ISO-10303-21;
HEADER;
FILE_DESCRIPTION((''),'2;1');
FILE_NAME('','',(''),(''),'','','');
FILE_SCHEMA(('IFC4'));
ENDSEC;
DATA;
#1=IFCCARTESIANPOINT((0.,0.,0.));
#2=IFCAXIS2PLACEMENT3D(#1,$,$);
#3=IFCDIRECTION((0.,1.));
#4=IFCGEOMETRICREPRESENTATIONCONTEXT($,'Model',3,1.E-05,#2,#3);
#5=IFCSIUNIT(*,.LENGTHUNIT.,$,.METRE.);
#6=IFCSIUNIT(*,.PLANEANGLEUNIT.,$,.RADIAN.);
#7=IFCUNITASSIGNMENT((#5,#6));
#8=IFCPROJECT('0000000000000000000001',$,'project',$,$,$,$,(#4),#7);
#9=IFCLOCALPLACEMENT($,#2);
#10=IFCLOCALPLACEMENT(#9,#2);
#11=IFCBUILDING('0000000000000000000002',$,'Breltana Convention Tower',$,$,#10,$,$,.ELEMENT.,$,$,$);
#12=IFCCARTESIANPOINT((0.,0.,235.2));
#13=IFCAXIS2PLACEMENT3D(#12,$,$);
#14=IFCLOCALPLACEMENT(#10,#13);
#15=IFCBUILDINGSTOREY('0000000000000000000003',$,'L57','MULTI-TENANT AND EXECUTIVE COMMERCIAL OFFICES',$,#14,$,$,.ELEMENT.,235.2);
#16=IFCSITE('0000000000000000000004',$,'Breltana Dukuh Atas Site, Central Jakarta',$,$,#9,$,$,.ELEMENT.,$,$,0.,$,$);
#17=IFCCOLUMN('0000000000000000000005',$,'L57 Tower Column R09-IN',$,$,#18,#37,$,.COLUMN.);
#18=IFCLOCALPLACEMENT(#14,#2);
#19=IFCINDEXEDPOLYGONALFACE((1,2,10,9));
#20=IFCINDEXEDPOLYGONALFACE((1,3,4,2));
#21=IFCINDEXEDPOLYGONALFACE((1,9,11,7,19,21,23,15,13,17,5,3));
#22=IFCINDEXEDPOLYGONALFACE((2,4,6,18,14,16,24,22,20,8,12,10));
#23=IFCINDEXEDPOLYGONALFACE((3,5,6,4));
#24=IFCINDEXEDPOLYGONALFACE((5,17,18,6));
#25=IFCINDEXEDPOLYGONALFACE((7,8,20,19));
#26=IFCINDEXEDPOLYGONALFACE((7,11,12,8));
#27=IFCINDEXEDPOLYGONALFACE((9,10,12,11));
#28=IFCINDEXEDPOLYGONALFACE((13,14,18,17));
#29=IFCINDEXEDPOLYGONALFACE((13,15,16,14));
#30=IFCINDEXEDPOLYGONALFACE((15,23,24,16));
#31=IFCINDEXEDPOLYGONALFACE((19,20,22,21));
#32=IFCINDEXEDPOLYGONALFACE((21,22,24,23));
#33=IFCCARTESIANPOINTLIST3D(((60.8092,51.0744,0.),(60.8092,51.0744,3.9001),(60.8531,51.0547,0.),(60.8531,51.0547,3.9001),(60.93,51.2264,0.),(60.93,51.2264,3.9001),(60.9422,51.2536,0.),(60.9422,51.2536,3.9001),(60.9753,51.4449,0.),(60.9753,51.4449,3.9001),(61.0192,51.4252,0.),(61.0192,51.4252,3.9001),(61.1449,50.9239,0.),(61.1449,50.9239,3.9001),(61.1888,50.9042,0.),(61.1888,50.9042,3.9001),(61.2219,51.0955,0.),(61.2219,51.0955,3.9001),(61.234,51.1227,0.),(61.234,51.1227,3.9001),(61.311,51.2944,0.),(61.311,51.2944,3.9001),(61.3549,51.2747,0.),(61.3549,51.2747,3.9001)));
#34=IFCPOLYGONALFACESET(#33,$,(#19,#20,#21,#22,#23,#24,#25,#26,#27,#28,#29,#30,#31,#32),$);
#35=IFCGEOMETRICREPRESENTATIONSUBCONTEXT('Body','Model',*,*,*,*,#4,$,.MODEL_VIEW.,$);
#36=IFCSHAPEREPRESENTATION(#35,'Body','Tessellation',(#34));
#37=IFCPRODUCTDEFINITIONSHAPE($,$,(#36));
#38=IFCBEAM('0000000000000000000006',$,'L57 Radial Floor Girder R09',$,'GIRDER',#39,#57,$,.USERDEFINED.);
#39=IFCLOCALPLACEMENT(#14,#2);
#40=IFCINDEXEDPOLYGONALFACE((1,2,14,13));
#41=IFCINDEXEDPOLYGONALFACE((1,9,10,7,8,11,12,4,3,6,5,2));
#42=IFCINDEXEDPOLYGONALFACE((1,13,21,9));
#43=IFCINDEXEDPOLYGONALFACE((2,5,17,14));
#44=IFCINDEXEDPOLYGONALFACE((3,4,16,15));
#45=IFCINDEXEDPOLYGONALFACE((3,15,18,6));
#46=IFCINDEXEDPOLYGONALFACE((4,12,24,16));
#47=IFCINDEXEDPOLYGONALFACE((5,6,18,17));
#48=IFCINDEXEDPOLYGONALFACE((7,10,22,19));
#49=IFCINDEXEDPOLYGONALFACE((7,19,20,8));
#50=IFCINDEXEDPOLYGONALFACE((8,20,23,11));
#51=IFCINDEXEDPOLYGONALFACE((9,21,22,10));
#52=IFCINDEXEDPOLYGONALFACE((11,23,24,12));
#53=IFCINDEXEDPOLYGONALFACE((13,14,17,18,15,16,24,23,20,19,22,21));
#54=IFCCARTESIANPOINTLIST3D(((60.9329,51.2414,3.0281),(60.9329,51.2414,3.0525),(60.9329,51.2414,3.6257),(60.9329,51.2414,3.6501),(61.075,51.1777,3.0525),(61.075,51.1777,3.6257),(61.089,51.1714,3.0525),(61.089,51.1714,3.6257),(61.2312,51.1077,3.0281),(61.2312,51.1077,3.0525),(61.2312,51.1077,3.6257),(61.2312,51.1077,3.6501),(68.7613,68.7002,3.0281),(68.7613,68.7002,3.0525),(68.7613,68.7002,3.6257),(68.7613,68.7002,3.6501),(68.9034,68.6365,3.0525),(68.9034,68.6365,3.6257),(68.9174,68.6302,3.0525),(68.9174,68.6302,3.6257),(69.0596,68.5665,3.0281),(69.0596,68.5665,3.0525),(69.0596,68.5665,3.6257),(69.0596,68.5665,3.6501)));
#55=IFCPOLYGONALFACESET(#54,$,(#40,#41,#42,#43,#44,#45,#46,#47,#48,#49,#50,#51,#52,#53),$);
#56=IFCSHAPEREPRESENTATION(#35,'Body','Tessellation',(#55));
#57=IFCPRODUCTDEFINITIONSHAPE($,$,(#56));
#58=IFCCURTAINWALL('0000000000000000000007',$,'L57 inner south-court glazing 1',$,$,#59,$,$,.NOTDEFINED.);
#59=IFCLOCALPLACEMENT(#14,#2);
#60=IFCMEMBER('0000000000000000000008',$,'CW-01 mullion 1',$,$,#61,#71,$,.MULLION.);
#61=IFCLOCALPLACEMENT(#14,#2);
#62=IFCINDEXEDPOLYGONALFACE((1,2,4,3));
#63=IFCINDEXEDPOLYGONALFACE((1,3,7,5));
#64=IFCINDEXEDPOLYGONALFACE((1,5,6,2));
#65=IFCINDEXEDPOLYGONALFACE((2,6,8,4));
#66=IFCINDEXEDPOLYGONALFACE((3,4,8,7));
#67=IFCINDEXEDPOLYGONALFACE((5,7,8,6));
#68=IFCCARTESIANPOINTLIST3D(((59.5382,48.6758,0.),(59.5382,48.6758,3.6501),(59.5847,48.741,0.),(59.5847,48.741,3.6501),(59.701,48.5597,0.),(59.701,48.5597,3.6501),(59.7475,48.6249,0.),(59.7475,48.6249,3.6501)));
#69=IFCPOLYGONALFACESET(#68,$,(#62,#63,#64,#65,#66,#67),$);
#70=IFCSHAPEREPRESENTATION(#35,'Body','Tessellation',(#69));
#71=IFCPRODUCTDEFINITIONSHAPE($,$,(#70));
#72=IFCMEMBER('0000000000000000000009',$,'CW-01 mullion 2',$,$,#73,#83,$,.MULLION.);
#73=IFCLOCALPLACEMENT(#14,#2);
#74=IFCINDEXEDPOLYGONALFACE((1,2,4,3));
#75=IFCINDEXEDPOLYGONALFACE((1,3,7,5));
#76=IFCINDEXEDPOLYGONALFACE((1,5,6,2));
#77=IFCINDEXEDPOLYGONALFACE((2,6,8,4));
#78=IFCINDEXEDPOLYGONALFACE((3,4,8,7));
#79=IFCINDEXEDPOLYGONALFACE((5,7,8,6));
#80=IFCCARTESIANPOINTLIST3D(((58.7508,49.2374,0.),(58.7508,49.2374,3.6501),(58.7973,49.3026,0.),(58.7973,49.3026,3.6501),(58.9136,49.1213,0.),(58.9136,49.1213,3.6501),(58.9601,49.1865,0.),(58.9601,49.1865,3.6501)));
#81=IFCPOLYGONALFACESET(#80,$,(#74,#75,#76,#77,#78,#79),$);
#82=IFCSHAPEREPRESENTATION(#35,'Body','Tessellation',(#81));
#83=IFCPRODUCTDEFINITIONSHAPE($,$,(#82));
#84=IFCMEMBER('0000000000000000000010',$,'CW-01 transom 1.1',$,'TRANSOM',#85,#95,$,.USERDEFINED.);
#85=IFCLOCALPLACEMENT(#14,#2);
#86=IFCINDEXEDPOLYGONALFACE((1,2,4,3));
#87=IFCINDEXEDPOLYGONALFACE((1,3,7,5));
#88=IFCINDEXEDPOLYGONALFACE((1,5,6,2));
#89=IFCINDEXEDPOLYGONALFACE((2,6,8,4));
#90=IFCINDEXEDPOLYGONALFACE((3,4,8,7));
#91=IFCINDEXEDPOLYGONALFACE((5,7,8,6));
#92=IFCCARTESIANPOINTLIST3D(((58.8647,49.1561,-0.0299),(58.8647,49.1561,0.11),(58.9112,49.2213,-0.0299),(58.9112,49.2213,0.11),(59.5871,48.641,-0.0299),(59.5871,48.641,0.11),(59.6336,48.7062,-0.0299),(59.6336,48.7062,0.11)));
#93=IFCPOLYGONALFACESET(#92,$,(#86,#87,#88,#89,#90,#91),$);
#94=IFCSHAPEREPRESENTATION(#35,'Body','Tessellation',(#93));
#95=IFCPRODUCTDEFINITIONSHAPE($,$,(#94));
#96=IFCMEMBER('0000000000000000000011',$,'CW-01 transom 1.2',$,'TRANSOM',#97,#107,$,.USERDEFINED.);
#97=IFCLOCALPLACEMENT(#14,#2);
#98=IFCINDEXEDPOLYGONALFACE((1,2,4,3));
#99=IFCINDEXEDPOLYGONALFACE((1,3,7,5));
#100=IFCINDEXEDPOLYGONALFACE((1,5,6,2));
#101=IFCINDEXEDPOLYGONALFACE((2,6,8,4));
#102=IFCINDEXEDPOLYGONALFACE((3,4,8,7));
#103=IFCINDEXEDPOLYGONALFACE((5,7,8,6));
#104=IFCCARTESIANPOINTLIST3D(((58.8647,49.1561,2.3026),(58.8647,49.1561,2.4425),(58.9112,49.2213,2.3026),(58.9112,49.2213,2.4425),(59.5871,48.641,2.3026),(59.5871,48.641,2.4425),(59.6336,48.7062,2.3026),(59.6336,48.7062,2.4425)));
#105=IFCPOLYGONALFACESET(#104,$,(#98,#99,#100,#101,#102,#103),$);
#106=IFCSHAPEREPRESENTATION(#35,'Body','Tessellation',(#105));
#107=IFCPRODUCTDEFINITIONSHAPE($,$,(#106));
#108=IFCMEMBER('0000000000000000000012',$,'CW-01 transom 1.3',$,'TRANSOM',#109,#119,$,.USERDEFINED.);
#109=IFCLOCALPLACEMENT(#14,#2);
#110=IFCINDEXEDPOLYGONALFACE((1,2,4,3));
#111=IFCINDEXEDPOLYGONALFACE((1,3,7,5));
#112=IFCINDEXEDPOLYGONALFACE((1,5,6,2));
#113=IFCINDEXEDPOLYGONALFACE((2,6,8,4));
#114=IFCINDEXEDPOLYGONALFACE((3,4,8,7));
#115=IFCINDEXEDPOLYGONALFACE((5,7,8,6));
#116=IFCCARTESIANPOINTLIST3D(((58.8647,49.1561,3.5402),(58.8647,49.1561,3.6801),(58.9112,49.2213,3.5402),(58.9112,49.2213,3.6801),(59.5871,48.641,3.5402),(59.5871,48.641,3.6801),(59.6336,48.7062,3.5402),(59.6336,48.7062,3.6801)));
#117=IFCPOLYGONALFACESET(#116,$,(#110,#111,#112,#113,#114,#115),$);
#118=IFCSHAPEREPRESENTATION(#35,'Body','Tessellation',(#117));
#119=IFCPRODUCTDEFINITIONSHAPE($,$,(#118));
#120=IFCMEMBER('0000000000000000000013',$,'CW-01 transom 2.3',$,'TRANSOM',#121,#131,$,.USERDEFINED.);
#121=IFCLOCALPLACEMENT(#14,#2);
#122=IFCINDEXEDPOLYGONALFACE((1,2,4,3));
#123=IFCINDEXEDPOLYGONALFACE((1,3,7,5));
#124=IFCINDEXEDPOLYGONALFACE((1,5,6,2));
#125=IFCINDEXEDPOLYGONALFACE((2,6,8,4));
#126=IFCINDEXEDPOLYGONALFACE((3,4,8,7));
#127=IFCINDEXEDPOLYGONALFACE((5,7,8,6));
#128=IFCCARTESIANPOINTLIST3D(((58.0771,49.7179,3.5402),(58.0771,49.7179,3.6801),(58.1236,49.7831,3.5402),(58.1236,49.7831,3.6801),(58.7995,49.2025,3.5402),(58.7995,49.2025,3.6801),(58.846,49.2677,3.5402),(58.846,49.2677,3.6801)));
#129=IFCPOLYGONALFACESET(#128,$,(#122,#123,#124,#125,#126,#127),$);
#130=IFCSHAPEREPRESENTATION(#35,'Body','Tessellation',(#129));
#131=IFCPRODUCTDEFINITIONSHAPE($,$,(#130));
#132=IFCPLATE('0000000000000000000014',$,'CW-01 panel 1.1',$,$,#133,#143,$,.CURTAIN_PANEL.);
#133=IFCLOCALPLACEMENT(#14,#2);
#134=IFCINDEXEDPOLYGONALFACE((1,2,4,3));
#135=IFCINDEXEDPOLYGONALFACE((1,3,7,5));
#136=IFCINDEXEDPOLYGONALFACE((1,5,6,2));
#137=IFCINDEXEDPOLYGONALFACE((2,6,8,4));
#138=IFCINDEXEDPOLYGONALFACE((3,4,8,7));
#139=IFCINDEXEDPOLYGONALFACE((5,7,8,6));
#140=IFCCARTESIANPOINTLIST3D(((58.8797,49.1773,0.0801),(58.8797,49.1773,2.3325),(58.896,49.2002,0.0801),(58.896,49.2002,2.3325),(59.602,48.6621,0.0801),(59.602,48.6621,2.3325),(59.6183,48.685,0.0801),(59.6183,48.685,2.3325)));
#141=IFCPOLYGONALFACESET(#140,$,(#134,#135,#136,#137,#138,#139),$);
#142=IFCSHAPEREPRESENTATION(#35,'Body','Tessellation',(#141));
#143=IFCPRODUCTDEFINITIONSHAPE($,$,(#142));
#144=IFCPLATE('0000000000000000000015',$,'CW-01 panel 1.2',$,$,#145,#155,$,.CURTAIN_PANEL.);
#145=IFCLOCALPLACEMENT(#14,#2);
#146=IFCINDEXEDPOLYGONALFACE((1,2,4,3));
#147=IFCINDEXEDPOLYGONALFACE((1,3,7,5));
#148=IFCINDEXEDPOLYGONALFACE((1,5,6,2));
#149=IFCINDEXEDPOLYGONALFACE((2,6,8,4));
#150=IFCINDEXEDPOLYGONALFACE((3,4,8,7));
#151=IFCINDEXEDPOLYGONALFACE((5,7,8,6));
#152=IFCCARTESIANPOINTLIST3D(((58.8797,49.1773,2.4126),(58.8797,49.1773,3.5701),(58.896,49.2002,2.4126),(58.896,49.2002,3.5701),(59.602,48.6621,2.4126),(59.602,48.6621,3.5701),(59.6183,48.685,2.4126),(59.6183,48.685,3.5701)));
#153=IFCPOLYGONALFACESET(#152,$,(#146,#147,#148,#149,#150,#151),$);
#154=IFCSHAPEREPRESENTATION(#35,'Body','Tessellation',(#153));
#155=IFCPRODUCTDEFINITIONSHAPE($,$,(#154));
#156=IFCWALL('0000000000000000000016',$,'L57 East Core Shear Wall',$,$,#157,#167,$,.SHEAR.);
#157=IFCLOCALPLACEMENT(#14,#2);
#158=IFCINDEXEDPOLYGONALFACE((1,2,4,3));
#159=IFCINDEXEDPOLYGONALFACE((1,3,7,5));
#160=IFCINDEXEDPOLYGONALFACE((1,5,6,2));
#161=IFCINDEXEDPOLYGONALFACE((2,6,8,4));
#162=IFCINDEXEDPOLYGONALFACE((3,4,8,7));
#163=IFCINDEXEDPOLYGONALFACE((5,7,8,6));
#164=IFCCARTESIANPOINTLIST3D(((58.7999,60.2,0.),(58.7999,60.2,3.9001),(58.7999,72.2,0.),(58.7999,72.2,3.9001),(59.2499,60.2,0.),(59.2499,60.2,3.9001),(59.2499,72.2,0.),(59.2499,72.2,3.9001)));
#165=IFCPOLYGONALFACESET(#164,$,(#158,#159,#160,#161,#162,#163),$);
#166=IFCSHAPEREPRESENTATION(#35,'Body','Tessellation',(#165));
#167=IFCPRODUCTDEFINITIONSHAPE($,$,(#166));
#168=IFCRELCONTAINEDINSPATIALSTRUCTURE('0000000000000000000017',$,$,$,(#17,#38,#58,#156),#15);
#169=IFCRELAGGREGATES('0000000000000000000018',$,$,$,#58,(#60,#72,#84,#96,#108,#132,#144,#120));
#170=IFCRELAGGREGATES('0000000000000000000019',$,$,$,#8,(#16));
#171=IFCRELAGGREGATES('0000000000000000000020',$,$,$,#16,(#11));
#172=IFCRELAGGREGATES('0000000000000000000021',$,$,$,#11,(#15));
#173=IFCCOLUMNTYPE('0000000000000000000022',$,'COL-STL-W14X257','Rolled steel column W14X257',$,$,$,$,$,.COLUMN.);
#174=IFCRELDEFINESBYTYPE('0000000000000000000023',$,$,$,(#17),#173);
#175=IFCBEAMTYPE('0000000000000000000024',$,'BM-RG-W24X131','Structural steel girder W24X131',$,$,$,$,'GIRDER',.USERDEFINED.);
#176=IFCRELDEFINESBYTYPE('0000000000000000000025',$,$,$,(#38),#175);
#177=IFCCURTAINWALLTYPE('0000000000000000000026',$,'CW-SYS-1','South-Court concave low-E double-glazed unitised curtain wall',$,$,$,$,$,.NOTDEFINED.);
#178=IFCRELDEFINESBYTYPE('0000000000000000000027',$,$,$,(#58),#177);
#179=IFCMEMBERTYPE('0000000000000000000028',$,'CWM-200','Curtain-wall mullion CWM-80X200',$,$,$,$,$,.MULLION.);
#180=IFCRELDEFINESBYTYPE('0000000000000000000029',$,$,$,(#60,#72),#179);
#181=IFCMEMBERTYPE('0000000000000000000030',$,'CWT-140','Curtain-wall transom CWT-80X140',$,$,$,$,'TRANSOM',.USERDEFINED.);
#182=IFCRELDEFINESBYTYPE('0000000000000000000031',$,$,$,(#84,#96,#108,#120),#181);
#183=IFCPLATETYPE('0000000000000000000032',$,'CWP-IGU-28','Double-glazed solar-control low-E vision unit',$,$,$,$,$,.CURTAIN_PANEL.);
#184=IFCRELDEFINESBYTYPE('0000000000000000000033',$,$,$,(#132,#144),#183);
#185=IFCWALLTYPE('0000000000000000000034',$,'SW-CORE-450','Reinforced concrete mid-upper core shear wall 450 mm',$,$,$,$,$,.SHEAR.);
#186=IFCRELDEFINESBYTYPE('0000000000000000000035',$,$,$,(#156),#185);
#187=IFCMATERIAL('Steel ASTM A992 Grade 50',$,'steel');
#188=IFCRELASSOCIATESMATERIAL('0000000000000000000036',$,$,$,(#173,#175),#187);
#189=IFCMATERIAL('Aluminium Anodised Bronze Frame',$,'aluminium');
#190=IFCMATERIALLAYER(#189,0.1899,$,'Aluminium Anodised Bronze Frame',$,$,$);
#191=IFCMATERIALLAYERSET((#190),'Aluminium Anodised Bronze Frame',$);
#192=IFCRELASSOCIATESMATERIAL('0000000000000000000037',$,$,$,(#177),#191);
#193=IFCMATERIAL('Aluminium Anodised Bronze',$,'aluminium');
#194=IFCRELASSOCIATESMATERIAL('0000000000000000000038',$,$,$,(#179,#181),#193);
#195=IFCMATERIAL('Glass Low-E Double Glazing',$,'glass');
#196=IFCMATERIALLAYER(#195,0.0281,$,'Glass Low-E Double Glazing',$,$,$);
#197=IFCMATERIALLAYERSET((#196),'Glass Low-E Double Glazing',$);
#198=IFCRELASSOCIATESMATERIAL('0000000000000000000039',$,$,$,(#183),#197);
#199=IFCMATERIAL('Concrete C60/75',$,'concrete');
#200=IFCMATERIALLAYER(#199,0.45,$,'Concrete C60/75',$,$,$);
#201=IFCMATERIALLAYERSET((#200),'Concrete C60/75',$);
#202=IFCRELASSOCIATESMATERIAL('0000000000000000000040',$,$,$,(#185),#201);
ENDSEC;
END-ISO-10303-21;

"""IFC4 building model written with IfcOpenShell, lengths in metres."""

from ifc_helpers import new_model, si_unit, direction, frame, frame_2d, origin, origin_2d, place, context, subcontext, project, spatial, rectangle, i_section, extrude, source, transform, mapped, material, layer, layer_set, material_profile, profile_set, type_object, element, aggregate, save


model = new_model("IFC4")

# Units and contexts
model_context = context("Model", 3, precision=1e-05, world=origin(), true_north=direction((0.0, 1.0)))
body_context = subcontext(model_context, "Body", "Model", "MODEL_VIEW")
ifc_project = project(units=[si_unit("LENGTHUNIT", "METRE"), si_unit("PLANEANGLEUNIT", "RADIAN")], contexts=[model_context])

# Site, building, storey
site_placement = place(None, origin())
site = spatial("IfcSite", under=ifc_project, at=site_placement, Name="Breltana Dukuh Atas Site, Central Jakarta", CompositionType="ELEMENT", RefElevation=0.0)
building_placement = place(site_placement, origin())
building = spatial("IfcBuilding", under=site, at=building_placement, Name="Breltana Convention Tower", CompositionType="ELEMENT")
storey_placement = place(building_placement, frame((0.0, 0.0, 235.2)))
storey = spatial("IfcBuildingStorey", under=building, at=storey_placement, Name="L57", Description="MULTI-TENANT AND EXECUTIVE COMMERCIAL OFFICES", CompositionType="ELEMENT", Elevation=235.2)

# Column
ifc_material_1 = material(Name="Steel ASTM A992 Grade 50", Category="steel")
ifc_material_profile_1 = material_profile(ifc_material_1, i_section(OverallWidth=0.406, OverallDepth=0.416, WebThickness=0.0298, FlangeThickness=0.0481, at=origin_2d()), Name="W14X257")
ifc_profile_set_1 = profile_set([ifc_material_profile_1], Name="Steel ASTM A992 Grade 50")
column_type = type_object("IfcColumnType", Name="COL-STL-W14X257", Description="Rolled steel column W14X257", PredefinedType="COLUMN", material=ifc_profile_set_1)
shared_shape_1 = source(origin(), body_context, "Body", "SweptSolid", [
    extrude(i_section(OverallWidth=0.406, OverallDepth=0.416, WebThickness=0.0298, FlangeThickness=0.0481, at=origin_2d()), origin(), (0.0, 0.0, 1.0), 3.9001),
])
column_placement = place(storey_placement, frame((61.082, 51.1746, 0.0), z_axis=(0.0, 0.0, 1.0), x_axis=(0.409127, 0.912477, 0.0)))
element("IfcColumn", 1, at=column_placement, inside=storey, type_object=column_type, Name="L57 Tower Column R09-IN", PredefinedType="COLUMN", context=body_context, shape_type="MappedRepresentation", body=[
    mapped(shared_shape_1, transform((0.0, 0.0, 0.0), scale=1.0)),
])

# Beam
ifc_material_profile_2 = material_profile(ifc_material_1, i_section(OverallWidth=0.3269, OverallDepth=0.6221, WebThickness=0.0154, FlangeThickness=0.0244, at=origin_2d()), Name="W24X131")
ifc_profile_set_2 = profile_set([ifc_material_profile_2], Name="Steel ASTM A992 Grade 50")
beam_type = type_object("IfcBeamType", Name="BM-RG-W24X131", Description="Structural steel girder W24X131", ElementType="GIRDER", PredefinedType="USERDEFINED", material=ifc_profile_set_2)
shared_shape_2 = source(origin(), body_context, "Body", "SweptSolid", [
    extrude(i_section(OverallWidth=0.3269, OverallDepth=0.6221, WebThickness=0.0154, FlangeThickness=0.0244, at=origin_2d()), origin(), (0.0, 0.0, 1.0), 19.1335),
])
beam_placement = place(storey_placement, frame((61.082, 51.1746, 3.3391), z_axis=(0.409145, 0.91247, 0.0), x_axis=(-0.91247, 0.409145, 0.0)))
element("IfcBeam", 2, at=beam_placement, inside=storey, type_object=beam_type, Name="L57 Radial Floor Girder R09", ObjectType="GIRDER", PredefinedType="USERDEFINED", context=body_context, shape_type="MappedRepresentation", body=[
    mapped(shared_shape_2, transform((0.0, 0.0, 0.0), scale=1.0)),
])

# Curtain wall, members, plates
ifc_material_2 = material(Name="Aluminium Anodised Bronze Frame", Category="aluminium")
ifc_layer_1 = layer(ifc_material_2, 0.1899, Name="Aluminium Anodised Bronze Frame")
ifc_layer_set_1 = layer_set([ifc_layer_1], Name="Aluminium Anodised Bronze Frame")
curtain_wall_type = type_object("IfcCurtainWallType", Name="CW-SYS-1", Description="South-Court concave low-E double-glazed unitised curtain wall", PredefinedType="NOTDEFINED", material=ifc_layer_set_1)
curtain_wall_placement = place(storey_placement, origin())
curtain_wall = element("IfcCurtainWall", 3, at=curtain_wall_placement, inside=storey, type_object=curtain_wall_type, Name="L57 inner south-court glazing 1", PredefinedType="NOTDEFINED")
ifc_material_3 = material(Name="Aluminium Anodised Bronze", Category="aluminium")
ifc_material_profile_3 = material_profile(ifc_material_3, rectangle(XDim=0.0801, YDim=0.2, at=origin_2d()), Name="CWM-80X200")
ifc_profile_set_3 = profile_set([ifc_material_profile_3], Name="Aluminium Anodised Bronze")
member_type_1 = type_object("IfcMemberType", Name="CWM-200", Description="Curtain-wall mullion CWM-80X200", PredefinedType="MULLION", material=ifc_profile_set_3)
shared_shape_3 = source(origin(), body_context, "Body", "SweptSolid", [
    extrude(rectangle(XDim=0.0801, YDim=0.2, at=origin_2d()), origin(), (0.0, 0.0, 1.0), 3.6501),
])
member_1_placement = place(storey_placement, frame((59.6428, 48.6504, 0.0), z_axis=(0.0, 0.0, 1.0), x_axis=(-0.580679, -0.814132, 0.0)))
member_1 = element("IfcMember", 4, at=member_1_placement, type_object=member_type_1, Name="CW-01 mullion 1", PredefinedType="MULLION", context=body_context, shape_type="MappedRepresentation", body=[
    mapped(shared_shape_3, transform((0.0, 0.0, 0.0), scale=1.0)),
])
member_2_placement = place(storey_placement, frame((58.8555, 49.2119, 0.0), z_axis=(0.0, 0.0, 1.0), x_axis=(-0.580679, -0.814132, 0.0)))
member_2 = element("IfcMember", 5, at=member_2_placement, type_object=member_type_1, Name="CW-01 mullion 2", PredefinedType="MULLION", context=body_context, shape_type="MappedRepresentation", body=[
    mapped(shared_shape_3, transform((0.0, 0.0, 0.0), scale=1.0)),
])
ifc_material_profile_4 = material_profile(ifc_material_3, rectangle(XDim=0.0801, YDim=0.1399, at=origin_2d()), Name="CWT-80X140")
ifc_profile_set_4 = profile_set([ifc_material_profile_4], Name="Aluminium Anodised Bronze")
member_type_2 = type_object("IfcMemberType", Name="CWT-140", Description="Curtain-wall transom CWT-80X140", ElementType="TRANSOM", PredefinedType="USERDEFINED", material=ifc_profile_set_4)
shared_shape_4 = source(origin(), body_context, "Body", "SweptSolid", [
    extrude(rectangle(XDim=0.0801, YDim=0.1399, at=origin_2d()), origin(), (0.0, 0.0, 1.0), 0.8872),
])
member_3_placement = place(storey_placement, frame((59.6104, 48.6736, 0.04), z_axis=(-0.814198, 0.580587, 0.0), x_axis=(-0.580587, -0.814198, 0.0)))
member_3 = element("IfcMember", 6, at=member_3_placement, type_object=member_type_2, Name="CW-01 transom 1.1", ObjectType="TRANSOM", PredefinedType="USERDEFINED", context=body_context, shape_type="MappedRepresentation", body=[
    mapped(shared_shape_4, transform((0.0, 0.0, 0.0), scale=1.0)),
])
member_4_placement = place(storey_placement, frame((59.6104, 48.6736, 2.3726), z_axis=(-0.814198, 0.580587, 0.0), x_axis=(-0.580587, -0.814198, 0.0)))
member_4 = element("IfcMember", 7, at=member_4_placement, type_object=member_type_2, Name="CW-01 transom 1.2", ObjectType="TRANSOM", PredefinedType="USERDEFINED", context=body_context, shape_type="MappedRepresentation", body=[
    mapped(shared_shape_4, transform((0.0, 0.0, 0.0), scale=1.0)),
])
member_5_placement = place(storey_placement, frame((59.6104, 48.6736, 3.6101), z_axis=(-0.814198, 0.580587, 0.0), x_axis=(-0.580587, -0.814198, 0.0)))
member_5 = element("IfcMember", 8, at=member_5_placement, type_object=member_type_2, Name="CW-01 transom 1.3", ObjectType="TRANSOM", PredefinedType="USERDEFINED", context=body_context, shape_type="MappedRepresentation", body=[
    mapped(shared_shape_4, transform((0.0, 0.0, 0.0), scale=1.0)),
])
shared_shape_5 = source(origin(), body_context, "Body", "SweptSolid", [
    extrude(rectangle(XDim=0.0801, YDim=0.1399, at=origin_2d()), origin(), (0.0, 0.0, 1.0), 0.8875),
])
member_6_placement = place(storey_placement, frame((58.8228, 49.2351, 3.6101), z_axis=(-0.814068, 0.58077, 0.0), x_axis=(-0.58077, -0.814068, 0.0)))
member_6 = element("IfcMember", 9, at=member_6_placement, type_object=member_type_2, Name="CW-01 transom 2.3", ObjectType="TRANSOM", PredefinedType="USERDEFINED", context=body_context, shape_type="MappedRepresentation", body=[
    mapped(shared_shape_5, transform((0.0, 0.0, 0.0), scale=1.0)),
])
ifc_material_4 = material(Name="Glass Low-E Double Glazing", Category="glass")
ifc_layer_2 = layer(ifc_material_4, 0.0281, Name="Glass Low-E Double Glazing")
ifc_layer_set_2 = layer_set([ifc_layer_2], Name="Glass Low-E Double Glazing")
plate_type = type_object("IfcPlateType", Name="CWP-IGU-28", Description="Double-glazed solar-control low-E vision unit", PredefinedType="CURTAIN_PANEL", material=ifc_layer_set_2)
shared_shape_6 = source(origin(), body_context, "Body", "SweptSolid", [
    extrude(rectangle(XDim=0.8872, YDim=0.0281, at=origin_2d()), origin(), (0.0, 0.0, 1.0), 2.2524),
])
plate_1_placement = place(storey_placement, frame((59.249, 48.9312, 0.0801), z_axis=(0.0, 0.0, 1.0), x_axis=(-0.814132, 0.580679, 0.0)))
plate_1 = element("IfcPlate", 10, at=plate_1_placement, type_object=plate_type, Name="CW-01 panel 1.1", PredefinedType="CURTAIN_PANEL", context=body_context, shape_type="MappedRepresentation", body=[
    mapped(shared_shape_6, transform((0.0, 0.0, 0.0), scale=1.0)),
])
shared_shape_7 = source(origin(), body_context, "Body", "SweptSolid", [
    extrude(rectangle(XDim=0.8872, YDim=0.0281, at=origin_2d()), origin(), (0.0, 0.0, 1.0), 1.1575),
])
plate_2_placement = place(storey_placement, frame((59.249, 48.9312, 2.4126), z_axis=(0.0, 0.0, 1.0), x_axis=(-0.814132, 0.580679, 0.0)))
plate_2 = element("IfcPlate", 11, at=plate_2_placement, type_object=plate_type, Name="CW-01 panel 1.2", PredefinedType="CURTAIN_PANEL", context=body_context, shape_type="MappedRepresentation", body=[
    mapped(shared_shape_7, transform((0.0, 0.0, 0.0), scale=1.0)),
])
aggregate(curtain_wall, [member_1, member_2, member_3, member_4, member_5, plate_1, plate_2, member_6])

# Wall
ifc_material_5 = material(Name="Concrete C60/75", Category="concrete")
ifc_layer_3 = layer(ifc_material_5, 0.45, Name="Concrete C60/75")
ifc_layer_set_3 = layer_set([ifc_layer_3], Name="Concrete C60/75")
wall_type_1 = type_object("IfcWallType", Name="SW-CORE-450", Description="Reinforced concrete mid-upper core shear wall 450 mm", PredefinedType="SHEAR", material=ifc_layer_set_3)
shared_shape_8 = source(origin(), body_context, "Body", "SweptSolid", [
    extrude(rectangle(XDim=12.0, YDim=0.45, at=frame_2d((6.0, 0.0))), origin(), (0.0, 0.0, 1.0), 3.9001),
])
wall_1_placement = place(storey_placement, frame((59.0249, 60.2, 0.0), z_axis=(0.0, 0.0, 1.0), x_axis=(0.0, 1.0, 0.0)))
element("IfcWall", 12, at=wall_1_placement, inside=storey, type_object=wall_type_1, Name="L57 East Core Shear Wall", PredefinedType="SHEAR", context=body_context, shape_type="MappedRepresentation", body=[
    mapped(shared_shape_8, transform((0.0, 0.0, 0.0), scale=1.0)),
])

save(model, "model.ifc")
